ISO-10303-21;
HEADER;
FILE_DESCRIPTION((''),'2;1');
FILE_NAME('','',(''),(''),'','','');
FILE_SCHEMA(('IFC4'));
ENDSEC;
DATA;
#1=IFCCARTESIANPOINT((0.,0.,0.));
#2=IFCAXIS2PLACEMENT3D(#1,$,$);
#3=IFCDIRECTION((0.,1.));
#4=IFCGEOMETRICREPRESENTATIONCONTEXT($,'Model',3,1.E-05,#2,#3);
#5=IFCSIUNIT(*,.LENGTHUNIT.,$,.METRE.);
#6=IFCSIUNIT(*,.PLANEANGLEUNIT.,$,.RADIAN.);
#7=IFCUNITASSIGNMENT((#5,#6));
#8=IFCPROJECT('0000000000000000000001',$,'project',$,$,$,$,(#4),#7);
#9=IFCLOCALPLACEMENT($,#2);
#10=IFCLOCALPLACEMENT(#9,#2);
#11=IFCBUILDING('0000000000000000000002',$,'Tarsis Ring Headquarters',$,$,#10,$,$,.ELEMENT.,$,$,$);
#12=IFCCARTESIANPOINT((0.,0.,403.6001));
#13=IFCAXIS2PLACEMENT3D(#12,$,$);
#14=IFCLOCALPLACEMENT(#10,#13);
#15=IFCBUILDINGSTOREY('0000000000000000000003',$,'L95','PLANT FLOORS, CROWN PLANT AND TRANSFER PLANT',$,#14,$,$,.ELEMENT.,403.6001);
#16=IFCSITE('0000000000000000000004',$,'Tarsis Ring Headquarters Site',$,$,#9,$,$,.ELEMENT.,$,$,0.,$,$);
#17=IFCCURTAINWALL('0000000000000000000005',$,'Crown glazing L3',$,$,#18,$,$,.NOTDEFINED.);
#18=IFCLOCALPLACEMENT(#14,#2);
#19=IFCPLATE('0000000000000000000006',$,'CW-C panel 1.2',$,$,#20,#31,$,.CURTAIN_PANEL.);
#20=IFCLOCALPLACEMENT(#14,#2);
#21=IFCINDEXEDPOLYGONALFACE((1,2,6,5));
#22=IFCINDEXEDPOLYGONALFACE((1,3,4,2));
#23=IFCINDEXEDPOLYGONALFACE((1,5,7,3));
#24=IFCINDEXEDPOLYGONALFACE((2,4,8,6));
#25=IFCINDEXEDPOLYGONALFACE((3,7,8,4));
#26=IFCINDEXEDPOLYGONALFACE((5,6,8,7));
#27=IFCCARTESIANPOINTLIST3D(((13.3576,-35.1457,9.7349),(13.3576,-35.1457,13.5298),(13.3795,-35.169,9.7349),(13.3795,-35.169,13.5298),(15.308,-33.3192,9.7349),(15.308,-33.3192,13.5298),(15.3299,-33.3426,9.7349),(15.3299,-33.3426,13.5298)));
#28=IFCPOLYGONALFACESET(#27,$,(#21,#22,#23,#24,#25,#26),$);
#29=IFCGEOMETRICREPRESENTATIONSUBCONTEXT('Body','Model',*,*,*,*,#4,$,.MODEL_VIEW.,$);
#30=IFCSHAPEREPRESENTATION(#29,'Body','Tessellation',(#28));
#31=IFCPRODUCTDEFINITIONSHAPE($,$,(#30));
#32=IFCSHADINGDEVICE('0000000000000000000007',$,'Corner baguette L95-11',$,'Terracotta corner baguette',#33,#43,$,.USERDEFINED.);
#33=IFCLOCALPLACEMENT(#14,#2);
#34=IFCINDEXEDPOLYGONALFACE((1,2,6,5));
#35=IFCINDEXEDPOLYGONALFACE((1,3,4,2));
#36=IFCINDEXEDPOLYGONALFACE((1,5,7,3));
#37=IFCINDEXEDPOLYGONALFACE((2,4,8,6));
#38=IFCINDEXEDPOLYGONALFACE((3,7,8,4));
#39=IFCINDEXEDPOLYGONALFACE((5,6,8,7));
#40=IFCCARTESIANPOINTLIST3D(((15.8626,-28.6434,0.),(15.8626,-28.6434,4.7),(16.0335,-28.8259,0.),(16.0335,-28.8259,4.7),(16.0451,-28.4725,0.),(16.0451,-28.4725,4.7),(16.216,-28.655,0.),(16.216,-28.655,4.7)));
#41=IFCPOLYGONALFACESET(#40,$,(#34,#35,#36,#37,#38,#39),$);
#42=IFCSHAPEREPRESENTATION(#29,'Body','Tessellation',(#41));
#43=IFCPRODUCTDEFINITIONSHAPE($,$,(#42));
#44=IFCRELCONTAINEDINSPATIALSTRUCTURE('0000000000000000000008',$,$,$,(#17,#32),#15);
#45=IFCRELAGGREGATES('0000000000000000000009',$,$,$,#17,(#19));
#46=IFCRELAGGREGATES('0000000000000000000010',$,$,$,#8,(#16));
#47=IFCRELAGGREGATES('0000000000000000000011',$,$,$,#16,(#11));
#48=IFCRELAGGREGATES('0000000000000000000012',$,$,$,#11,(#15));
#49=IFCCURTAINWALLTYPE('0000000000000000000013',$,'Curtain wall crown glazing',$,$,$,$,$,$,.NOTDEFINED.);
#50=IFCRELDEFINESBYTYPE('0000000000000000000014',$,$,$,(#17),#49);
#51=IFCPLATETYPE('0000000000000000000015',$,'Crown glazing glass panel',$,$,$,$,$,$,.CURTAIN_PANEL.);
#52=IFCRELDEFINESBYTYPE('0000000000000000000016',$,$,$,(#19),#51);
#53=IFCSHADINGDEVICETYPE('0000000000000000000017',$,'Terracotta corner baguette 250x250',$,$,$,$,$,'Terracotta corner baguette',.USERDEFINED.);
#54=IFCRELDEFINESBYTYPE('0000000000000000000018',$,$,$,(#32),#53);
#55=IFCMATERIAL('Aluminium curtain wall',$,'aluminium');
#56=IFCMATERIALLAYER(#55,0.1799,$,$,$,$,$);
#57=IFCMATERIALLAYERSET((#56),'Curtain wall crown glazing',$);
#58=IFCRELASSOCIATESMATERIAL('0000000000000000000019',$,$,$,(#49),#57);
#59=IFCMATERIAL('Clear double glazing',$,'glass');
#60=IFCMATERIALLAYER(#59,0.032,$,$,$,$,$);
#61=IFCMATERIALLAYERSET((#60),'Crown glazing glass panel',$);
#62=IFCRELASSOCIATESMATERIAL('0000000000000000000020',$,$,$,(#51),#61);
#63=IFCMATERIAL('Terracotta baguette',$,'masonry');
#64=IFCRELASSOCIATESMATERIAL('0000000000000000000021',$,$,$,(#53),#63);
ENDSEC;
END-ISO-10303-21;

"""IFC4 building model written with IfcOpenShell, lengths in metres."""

from ifc_helpers import new_model, si_unit, direction, frame, origin, origin_2d, place, context, subcontext, project, spatial, rectangle, extrude, material, layer, layer_set, type_object, element, aggregate, save


model = new_model("IFC4")

# Units and contexts
model_context = context("Model", 3, precision=1e-05, world=origin(), true_north=direction((0.0, 1.0)))
body_context = subcontext(model_context, "Body", "Model", "MODEL_VIEW")
ifc_project = project(units=[si_unit("LENGTHUNIT", "METRE"), si_unit("PLANEANGLEUNIT", "RADIAN")], contexts=[model_context])

# Site, building, storey
site_placement = place(None, origin())
site = spatial("IfcSite", under=ifc_project, at=site_placement, Name="Tarsis Ring Headquarters Site", CompositionType="ELEMENT", RefElevation=0.0)
building_placement = place(site_placement, origin())
building = spatial("IfcBuilding", under=site, at=building_placement, Name="Tarsis Ring Headquarters", CompositionType="ELEMENT")
storey_placement = place(building_placement, frame((0.0, 0.0, 403.6001)))
storey = spatial("IfcBuildingStorey", under=building, at=storey_placement, Name="L95", Description="PLANT FLOORS, CROWN PLANT AND TRANSFER PLANT", CompositionType="ELEMENT", Elevation=403.6001)

# Shared definitions
ifc_material_1 = material(Name="Aluminium curtain wall", Category="aluminium")
ifc_layer_1 = layer(ifc_material_1, 0.1799)
ifc_layer_set_1 = layer_set([ifc_layer_1], Name="Curtain wall crown glazing")
curtain_wall_type = type_object("IfcCurtainWallType", Name="Curtain wall crown glazing", PredefinedType="NOTDEFINED", material=ifc_layer_set_1)

# Curtain wall
curtain_wall_1_placement = place(storey_placement, origin())
curtain_wall_1 = element("IfcCurtainWall", 1, at=curtain_wall_1_placement, inside=storey, type_object=curtain_wall_type, Name="Crown glazing L3", PredefinedType="NOTDEFINED")

# Plate
ifc_material_2 = material(Name="Clear double glazing", Category="glass")
ifc_layer_2 = layer(ifc_material_2, 0.032)
ifc_layer_set_2 = layer_set([ifc_layer_2], Name="Crown glazing glass panel")
plate_type = type_object("IfcPlateType", Name="Crown glazing glass panel", PredefinedType="CURTAIN_PANEL", material=ifc_layer_set_2)
plate_1_placement = place(storey_placement, frame((14.3438, -34.2441, 9.7349), z_axis=(0.0, 0.0, 1.0), x_axis=(0.729924, 0.683529, 0.0)))
plate_1 = element("IfcPlate", 2, at=plate_1_placement, type_object=plate_type, Name="CW-C panel 1.2", PredefinedType="CURTAIN_PANEL", context=body_context, shape_type="SweptSolid", body=[
    extrude(rectangle(XDim=2.6721, YDim=0.032, at=origin_2d()), origin(), (0.0, 0.0, 1.0), 3.7949),
])
aggregate(curtain_wall_1, [plate_1])

# Shading device
ifc_material_3 = material(Name="Terracotta baguette", Category="masonry")
shading_device_type = type_object("IfcShadingDeviceType", Name="Terracotta corner baguette 250x250", ElementType="Terracotta corner baguette", PredefinedType="USERDEFINED", material=ifc_material_3)
shading_device_placement = place(storey_placement, frame((16.0393, -28.6492, 0.0), z_axis=(0.0, 0.0, 1.0), x_axis=(0.683528, -0.729924, 0.0)))
element("IfcShadingDevice", 3, at=shading_device_placement, inside=storey, type_object=shading_device_type, Name="Corner baguette L95-11", ObjectType="Terracotta corner baguette", PredefinedType="USERDEFINED", context=body_context, shape_type="SweptSolid", body=[
    extrude(rectangle(XDim=0.25, YDim=0.25, at=origin_2d()), origin(), (0.0, 0.0, 1.0), 4.7),
])

save(model, "model.ifc")
